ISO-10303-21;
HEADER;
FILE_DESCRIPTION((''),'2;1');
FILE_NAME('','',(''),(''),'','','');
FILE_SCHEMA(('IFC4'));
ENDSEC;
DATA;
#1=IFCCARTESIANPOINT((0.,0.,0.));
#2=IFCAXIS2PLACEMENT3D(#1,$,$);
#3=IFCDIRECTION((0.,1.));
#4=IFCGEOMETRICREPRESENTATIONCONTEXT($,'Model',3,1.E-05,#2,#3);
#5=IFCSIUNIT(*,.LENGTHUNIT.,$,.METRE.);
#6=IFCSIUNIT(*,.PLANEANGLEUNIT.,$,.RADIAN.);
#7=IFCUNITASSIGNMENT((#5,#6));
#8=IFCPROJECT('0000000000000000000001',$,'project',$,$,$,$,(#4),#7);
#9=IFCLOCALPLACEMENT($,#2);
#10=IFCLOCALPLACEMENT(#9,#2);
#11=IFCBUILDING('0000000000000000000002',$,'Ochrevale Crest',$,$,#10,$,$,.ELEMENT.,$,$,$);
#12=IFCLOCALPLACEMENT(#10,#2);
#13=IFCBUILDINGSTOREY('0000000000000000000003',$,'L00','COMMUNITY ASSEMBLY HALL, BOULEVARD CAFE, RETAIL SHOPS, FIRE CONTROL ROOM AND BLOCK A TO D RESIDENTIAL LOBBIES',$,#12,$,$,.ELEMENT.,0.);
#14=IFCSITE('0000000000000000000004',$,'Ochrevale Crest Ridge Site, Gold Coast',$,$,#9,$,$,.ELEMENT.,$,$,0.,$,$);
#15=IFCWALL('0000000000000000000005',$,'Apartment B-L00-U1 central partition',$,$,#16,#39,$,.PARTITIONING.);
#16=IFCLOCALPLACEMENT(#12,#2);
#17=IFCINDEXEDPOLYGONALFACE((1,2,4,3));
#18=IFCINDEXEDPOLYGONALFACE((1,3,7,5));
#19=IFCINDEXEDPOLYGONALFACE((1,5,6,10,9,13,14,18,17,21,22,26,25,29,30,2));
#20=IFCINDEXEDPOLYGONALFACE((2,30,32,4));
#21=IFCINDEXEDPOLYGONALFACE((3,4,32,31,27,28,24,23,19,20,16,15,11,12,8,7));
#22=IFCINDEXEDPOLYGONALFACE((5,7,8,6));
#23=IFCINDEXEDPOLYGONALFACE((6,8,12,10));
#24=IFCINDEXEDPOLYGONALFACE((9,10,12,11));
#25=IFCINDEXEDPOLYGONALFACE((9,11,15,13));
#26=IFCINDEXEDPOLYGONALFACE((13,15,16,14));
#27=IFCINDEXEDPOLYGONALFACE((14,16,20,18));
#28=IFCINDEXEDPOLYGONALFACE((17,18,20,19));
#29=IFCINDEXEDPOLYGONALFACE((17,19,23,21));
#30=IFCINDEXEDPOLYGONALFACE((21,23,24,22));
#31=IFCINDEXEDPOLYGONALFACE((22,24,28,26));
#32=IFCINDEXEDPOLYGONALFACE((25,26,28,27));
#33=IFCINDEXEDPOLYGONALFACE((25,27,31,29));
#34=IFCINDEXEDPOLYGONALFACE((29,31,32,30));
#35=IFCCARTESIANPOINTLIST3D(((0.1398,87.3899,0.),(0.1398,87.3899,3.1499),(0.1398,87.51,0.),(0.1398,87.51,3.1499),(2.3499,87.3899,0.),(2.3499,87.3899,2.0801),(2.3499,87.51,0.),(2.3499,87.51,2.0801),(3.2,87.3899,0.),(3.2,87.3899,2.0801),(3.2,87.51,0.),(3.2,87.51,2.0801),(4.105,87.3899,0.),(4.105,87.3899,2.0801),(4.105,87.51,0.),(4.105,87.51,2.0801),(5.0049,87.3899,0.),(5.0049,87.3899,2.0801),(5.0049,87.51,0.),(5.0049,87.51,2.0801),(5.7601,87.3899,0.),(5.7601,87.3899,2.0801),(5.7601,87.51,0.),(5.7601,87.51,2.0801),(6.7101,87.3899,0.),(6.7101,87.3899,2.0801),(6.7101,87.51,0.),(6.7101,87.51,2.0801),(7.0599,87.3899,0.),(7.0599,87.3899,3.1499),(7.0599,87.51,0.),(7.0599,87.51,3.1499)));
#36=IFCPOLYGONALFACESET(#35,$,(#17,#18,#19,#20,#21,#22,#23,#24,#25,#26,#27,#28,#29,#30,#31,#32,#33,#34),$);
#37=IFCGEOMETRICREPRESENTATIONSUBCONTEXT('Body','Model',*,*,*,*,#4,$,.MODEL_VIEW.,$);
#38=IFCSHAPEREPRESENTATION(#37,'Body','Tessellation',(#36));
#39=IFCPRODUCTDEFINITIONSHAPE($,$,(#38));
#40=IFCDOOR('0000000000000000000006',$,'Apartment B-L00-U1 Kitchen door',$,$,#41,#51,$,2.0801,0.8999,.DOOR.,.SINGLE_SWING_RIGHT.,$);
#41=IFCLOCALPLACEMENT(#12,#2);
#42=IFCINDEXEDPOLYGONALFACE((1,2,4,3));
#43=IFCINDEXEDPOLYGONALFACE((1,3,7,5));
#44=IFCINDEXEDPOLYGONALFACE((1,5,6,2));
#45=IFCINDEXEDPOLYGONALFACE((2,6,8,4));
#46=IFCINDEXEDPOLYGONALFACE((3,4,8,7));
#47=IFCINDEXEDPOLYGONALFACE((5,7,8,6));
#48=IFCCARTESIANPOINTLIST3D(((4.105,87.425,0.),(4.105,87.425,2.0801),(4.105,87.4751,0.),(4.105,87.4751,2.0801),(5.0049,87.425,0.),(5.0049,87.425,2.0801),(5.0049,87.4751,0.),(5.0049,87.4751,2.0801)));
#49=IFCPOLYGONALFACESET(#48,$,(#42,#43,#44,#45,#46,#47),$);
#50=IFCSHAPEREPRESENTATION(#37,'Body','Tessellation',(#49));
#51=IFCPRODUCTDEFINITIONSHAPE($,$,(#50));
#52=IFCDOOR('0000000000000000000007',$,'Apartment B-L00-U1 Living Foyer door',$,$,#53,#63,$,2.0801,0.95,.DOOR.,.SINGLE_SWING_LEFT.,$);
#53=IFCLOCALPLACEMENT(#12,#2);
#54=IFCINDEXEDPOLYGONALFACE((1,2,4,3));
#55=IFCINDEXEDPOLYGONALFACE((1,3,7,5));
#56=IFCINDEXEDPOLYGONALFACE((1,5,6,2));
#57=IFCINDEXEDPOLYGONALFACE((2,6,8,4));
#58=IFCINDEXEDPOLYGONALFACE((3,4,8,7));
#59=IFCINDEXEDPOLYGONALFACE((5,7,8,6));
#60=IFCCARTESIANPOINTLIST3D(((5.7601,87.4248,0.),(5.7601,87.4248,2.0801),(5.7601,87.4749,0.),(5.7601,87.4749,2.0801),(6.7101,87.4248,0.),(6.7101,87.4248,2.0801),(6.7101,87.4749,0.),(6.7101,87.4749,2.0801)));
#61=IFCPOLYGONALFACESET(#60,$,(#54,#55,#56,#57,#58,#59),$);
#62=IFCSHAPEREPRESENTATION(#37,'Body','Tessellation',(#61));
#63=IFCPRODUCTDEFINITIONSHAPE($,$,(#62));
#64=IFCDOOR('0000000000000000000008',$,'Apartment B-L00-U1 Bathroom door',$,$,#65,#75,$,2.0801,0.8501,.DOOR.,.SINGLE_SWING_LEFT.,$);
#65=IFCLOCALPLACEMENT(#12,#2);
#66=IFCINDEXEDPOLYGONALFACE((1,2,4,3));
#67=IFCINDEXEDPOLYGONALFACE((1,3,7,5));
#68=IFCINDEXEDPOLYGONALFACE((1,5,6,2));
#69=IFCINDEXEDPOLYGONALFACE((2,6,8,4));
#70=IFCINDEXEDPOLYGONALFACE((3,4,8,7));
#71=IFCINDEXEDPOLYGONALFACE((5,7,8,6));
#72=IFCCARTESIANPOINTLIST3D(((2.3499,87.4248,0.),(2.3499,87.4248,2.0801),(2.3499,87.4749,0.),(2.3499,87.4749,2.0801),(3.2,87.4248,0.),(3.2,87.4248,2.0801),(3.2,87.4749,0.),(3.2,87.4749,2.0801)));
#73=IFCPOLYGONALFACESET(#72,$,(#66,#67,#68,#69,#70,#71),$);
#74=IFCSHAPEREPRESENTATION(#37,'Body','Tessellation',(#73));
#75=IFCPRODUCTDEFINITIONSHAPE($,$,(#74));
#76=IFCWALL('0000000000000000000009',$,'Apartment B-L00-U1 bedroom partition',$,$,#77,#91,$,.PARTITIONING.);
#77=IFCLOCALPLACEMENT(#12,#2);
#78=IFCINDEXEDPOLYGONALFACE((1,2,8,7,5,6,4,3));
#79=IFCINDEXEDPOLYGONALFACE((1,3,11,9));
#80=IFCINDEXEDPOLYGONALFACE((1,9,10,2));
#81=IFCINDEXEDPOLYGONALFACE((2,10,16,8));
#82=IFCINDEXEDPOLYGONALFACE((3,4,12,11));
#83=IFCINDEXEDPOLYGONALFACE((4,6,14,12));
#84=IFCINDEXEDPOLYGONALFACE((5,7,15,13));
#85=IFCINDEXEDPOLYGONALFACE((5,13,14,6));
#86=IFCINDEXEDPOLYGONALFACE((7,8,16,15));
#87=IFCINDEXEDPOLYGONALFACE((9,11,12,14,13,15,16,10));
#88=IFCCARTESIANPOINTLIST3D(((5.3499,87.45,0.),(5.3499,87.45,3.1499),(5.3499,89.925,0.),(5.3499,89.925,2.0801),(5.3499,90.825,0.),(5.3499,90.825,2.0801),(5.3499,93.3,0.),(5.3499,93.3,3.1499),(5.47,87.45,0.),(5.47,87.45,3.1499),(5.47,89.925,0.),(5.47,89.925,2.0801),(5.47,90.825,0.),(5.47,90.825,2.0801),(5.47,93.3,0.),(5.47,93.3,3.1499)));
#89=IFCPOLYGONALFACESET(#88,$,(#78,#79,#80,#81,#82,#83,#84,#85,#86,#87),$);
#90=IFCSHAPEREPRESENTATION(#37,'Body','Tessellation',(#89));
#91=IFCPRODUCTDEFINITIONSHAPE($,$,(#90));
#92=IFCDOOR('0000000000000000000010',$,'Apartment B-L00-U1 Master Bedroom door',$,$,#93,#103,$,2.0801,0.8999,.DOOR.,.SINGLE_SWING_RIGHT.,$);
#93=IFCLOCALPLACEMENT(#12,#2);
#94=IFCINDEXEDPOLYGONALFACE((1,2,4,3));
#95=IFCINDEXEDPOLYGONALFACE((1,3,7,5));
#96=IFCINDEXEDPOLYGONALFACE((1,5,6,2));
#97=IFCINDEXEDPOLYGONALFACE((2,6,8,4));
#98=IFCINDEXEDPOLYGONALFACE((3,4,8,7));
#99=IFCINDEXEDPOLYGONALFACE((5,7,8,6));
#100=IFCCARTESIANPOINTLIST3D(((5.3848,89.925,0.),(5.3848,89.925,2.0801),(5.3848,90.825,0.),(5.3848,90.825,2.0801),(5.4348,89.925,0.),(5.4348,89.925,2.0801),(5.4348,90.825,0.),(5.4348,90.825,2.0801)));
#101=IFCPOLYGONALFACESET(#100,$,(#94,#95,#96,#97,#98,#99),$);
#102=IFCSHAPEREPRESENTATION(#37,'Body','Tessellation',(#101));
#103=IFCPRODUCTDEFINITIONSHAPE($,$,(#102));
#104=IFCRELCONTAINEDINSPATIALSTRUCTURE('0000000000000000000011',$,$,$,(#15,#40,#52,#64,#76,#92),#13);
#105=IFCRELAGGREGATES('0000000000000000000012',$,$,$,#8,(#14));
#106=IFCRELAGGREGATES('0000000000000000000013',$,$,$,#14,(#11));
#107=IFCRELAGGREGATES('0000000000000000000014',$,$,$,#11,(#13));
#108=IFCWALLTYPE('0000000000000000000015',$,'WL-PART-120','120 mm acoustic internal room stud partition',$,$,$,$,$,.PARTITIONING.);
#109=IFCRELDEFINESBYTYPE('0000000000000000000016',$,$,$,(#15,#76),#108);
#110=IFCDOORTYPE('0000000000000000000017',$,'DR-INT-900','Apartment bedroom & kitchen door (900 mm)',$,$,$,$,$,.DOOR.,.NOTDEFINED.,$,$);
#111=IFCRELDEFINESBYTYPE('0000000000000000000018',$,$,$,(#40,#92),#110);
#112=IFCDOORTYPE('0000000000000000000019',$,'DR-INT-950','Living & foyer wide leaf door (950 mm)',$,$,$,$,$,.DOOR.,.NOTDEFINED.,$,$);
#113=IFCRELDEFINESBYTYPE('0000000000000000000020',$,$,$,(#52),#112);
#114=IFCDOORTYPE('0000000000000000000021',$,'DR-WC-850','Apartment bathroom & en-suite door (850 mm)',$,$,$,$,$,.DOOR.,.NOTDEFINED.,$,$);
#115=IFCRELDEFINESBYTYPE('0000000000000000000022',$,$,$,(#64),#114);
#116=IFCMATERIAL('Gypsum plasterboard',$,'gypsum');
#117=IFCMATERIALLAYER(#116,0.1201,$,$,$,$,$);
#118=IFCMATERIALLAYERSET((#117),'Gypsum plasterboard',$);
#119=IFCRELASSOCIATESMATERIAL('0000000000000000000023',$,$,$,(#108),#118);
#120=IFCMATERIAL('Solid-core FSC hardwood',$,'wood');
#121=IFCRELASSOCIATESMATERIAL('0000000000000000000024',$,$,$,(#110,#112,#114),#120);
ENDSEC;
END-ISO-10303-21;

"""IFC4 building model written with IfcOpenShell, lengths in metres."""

from ifc_helpers import new_model, si_unit, direction, frame, frame_2d, origin, place, context, subcontext, project, spatial, rectangle, extrude, material, layer, layer_set, type_object, element, fill, save


model = new_model("IFC4")

# Units and contexts
model_context = context("Model", 3, precision=1e-05, world=origin(), true_north=direction((0.0, 1.0)))
body_context = subcontext(model_context, "Body", "Model", "MODEL_VIEW")
ifc_project = project(units=[si_unit("LENGTHUNIT", "METRE"), si_unit("PLANEANGLEUNIT", "RADIAN")], contexts=[model_context])

# Site, building, storey
site_placement = place(None, origin())
site = spatial("IfcSite", under=ifc_project, at=site_placement, Name="Ochrevale Crest Ridge Site, Gold Coast", CompositionType="ELEMENT", RefElevation=0.0)
building_placement = place(site_placement, origin())
building = spatial("IfcBuilding", under=site, at=building_placement, Name="Ochrevale Crest", CompositionType="ELEMENT")
storey_placement = place(building_placement, origin())
storey = spatial("IfcBuildingStorey", under=building, at=storey_placement, Name="L00", Description="COMMUNITY ASSEMBLY HALL, BOULEVARD CAFE, RETAIL SHOPS, FIRE CONTROL ROOM AND BLOCK A TO D RESIDENTIAL LOBBIES", CompositionType="ELEMENT", Elevation=0.0)

# Wall, openings, doors
ifc_material_1 = material(Name="Gypsum plasterboard", Category="gypsum")
ifc_layer_1 = layer(ifc_material_1, 0.1201)
ifc_layer_set_1 = layer_set([ifc_layer_1], Name="Gypsum plasterboard")
wall_type_1 = type_object("IfcWallType", Name="WL-PART-120", Description="120 mm acoustic internal room stud partition", PredefinedType="PARTITIONING", material=ifc_layer_set_1)
wall_1_placement = place(storey_placement, frame((0.1399, 87.45, 0.0), z_axis=(0.0, 0.0, 1.0), x_axis=(1.0, 0.0, 0.0)))
wall_1 = element("IfcWall", 1, at=wall_1_placement, inside=storey, type_object=wall_type_1, Name="Apartment B-L00-U1 central partition", PredefinedType="PARTITIONING", context=body_context, shape_type="SweptSolid", body=[
    extrude(rectangle(XDim=6.9202, YDim=0.1201, at=frame_2d((3.46, 0.0))), origin(), (0.0, 0.0, 1.0), 3.1499),
])
opening_1_placement = place(wall_1_placement, frame((2.21, 0.0, 0.0)))
opening_1 = element("IfcOpeningElement", 2, at=opening_1_placement, cuts=wall_1, PredefinedType="OPENING", context=body_context, shape_type="SweptSolid", body=[
    extrude(rectangle(XDim=0.8501, YDim=2.0801, at=frame_2d((0.425, 1.04))), frame((0.0, 0.0701, 0.0), z_axis=(0.0, -1.0, 0.0), x_axis=(1.0, 0.0, 0.0)), (0.0, 0.0, 1.0), 0.1401),
])
opening_2_placement = place(wall_1_placement, frame((4.865, 0.0, 0.0), z_axis=(0.0, 0.0, 1.0), x_axis=(-1.0, 0.0, 0.0)))
opening_2 = element("IfcOpeningElement", 3, at=opening_2_placement, cuts=wall_1, PredefinedType="OPENING", context=body_context, shape_type="SweptSolid", body=[
    extrude(rectangle(XDim=0.8999, YDim=2.0801, at=frame_2d((0.45, 1.04))), frame((0.0, 0.0701, 0.0), z_axis=(0.0, -1.0, 0.0), x_axis=(1.0, 0.0, 0.0)), (0.0, 0.0, 1.0), 0.1401),
])
opening_3_placement = place(wall_1_placement, frame((5.6201, 0.0, 0.0)))
opening_3 = element("IfcOpeningElement", 4, at=opening_3_placement, cuts=wall_1, PredefinedType="OPENING", context=body_context, shape_type="SweptSolid", body=[
    extrude(rectangle(XDim=0.95, YDim=2.0801, at=frame_2d((0.4751, 1.04))), frame((0.0, 0.0701, 0.0), z_axis=(0.0, -1.0, 0.0), x_axis=(1.0, 0.0, 0.0)), (0.0, 0.0, 1.0), 0.1401),
])
ifc_material_2 = material(Name="Solid-core FSC hardwood", Category="wood")
door_type_1 = type_object("IfcDoorType", Name="DR-INT-900", Description="Apartment bedroom & kitchen door (900 mm)", OperationType="NOTDEFINED", PredefinedType="DOOR", material=ifc_material_2)
door_1_placement = place(opening_2_placement, origin())
door_1 = element("IfcDoor", 5, at=door_1_placement, inside=storey, type_object=door_type_1, Name="Apartment B-L00-U1 Kitchen door", OperationType="SINGLE_SWING_RIGHT", OverallHeight=2.0801, OverallWidth=0.8999, PredefinedType="DOOR", context=body_context, shape_type="SweptSolid", body=[
    extrude(rectangle(XDim=0.8999, YDim=2.0801, at=frame_2d((0.45, 1.04))), frame((0.0, 0.0249, 0.0), z_axis=(0.0, -1.0, 0.0), x_axis=(1.0, 0.0, 0.0)), (0.0, 0.0, 1.0), 0.05),
])
fill(opening_2, door_1)
door_type_2 = type_object("IfcDoorType", Name="DR-INT-950", Description="Living & foyer wide leaf door (950 mm)", OperationType="NOTDEFINED", PredefinedType="DOOR", material=ifc_material_2)
door_2_placement = place(opening_3_placement, origin())
door_2 = element("IfcDoor", 6, at=door_2_placement, inside=storey, type_object=door_type_2, Name="Apartment B-L00-U1 Living Foyer door", OperationType="SINGLE_SWING_LEFT", OverallHeight=2.0801, OverallWidth=0.95, PredefinedType="DOOR", context=body_context, shape_type="SweptSolid", body=[
    extrude(rectangle(XDim=0.95, YDim=2.0801, at=frame_2d((0.4751, 1.04))), frame((0.0, 0.0249, 0.0), z_axis=(0.0, -1.0, 0.0), x_axis=(1.0, 0.0, 0.0)), (0.0, 0.0, 1.0), 0.05),
])
fill(opening_3, door_2)
door_type_3 = type_object("IfcDoorType", Name="DR-WC-850", Description="Apartment bathroom & en-suite door (850 mm)", OperationType="NOTDEFINED", PredefinedType="DOOR", material=ifc_material_2)
door_3_placement = place(opening_1_placement, origin())
door_3 = element("IfcDoor", 7, at=door_3_placement, inside=storey, type_object=door_type_3, Name="Apartment B-L00-U1 Bathroom door", OperationType="SINGLE_SWING_LEFT", OverallHeight=2.0801, OverallWidth=0.8501, PredefinedType="DOOR", context=body_context, shape_type="SweptSolid", body=[
    extrude(rectangle(XDim=0.8501, YDim=2.0801, at=frame_2d((0.425, 1.04))), frame((0.0, 0.0249, 0.0), z_axis=(0.0, -1.0, 0.0), x_axis=(1.0, 0.0, 0.0)), (0.0, 0.0, 1.0), 0.05),
])
fill(opening_1, door_3)

# Wall, opening, door
wall_2_placement = place(storey_placement, frame((5.4099, 87.45, 0.0), z_axis=(0.0, 0.0, 1.0), x_axis=(0.0, 1.0, 0.0)))
wall_2 = element("IfcWall", 8, at=wall_2_placement, inside=storey, type_object=wall_type_1, Name="Apartment B-L00-U1 bedroom partition", PredefinedType="PARTITIONING", context=body_context, shape_type="SweptSolid", body=[
    extrude(rectangle(XDim=5.8501, YDim=0.1201, at=frame_2d((2.925, 0.0))), origin(), (0.0, 0.0, 1.0), 3.1499),
])
opening_4_placement = place(wall_2_placement, frame((3.375, 0.0, 0.0), z_axis=(0.0, 0.0, 1.0), x_axis=(-1.0, 0.0, 0.0)))
opening_4 = element("IfcOpeningElement", 9, at=opening_4_placement, cuts=wall_2, PredefinedType="OPENING", context=body_context, shape_type="SweptSolid", body=[
    extrude(rectangle(XDim=0.8999, YDim=2.0801, at=frame_2d((0.45, 1.04))), frame((0.0, 0.0701, 0.0), z_axis=(0.0, -1.0, 0.0), x_axis=(1.0, 0.0, 0.0)), (0.0, 0.0, 1.0), 0.1401),
])
door_4_placement = place(opening_4_placement, origin())
door_4 = element("IfcDoor", 10, at=door_4_placement, inside=storey, type_object=door_type_1, Name="Apartment B-L00-U1 Master Bedroom door", OperationType="SINGLE_SWING_RIGHT", OverallHeight=2.0801, OverallWidth=0.8999, PredefinedType="DOOR", context=body_context, shape_type="SweptSolid", body=[
    extrude(rectangle(XDim=0.8999, YDim=2.0801, at=frame_2d((0.45, 1.04))), frame((0.0, 0.0249, 0.0), z_axis=(0.0, -1.0, 0.0), x_axis=(1.0, 0.0, 0.0)), (0.0, 0.0, 1.0), 0.05),
])
fill(opening_4, door_4)

save(model, "model.ifc")
